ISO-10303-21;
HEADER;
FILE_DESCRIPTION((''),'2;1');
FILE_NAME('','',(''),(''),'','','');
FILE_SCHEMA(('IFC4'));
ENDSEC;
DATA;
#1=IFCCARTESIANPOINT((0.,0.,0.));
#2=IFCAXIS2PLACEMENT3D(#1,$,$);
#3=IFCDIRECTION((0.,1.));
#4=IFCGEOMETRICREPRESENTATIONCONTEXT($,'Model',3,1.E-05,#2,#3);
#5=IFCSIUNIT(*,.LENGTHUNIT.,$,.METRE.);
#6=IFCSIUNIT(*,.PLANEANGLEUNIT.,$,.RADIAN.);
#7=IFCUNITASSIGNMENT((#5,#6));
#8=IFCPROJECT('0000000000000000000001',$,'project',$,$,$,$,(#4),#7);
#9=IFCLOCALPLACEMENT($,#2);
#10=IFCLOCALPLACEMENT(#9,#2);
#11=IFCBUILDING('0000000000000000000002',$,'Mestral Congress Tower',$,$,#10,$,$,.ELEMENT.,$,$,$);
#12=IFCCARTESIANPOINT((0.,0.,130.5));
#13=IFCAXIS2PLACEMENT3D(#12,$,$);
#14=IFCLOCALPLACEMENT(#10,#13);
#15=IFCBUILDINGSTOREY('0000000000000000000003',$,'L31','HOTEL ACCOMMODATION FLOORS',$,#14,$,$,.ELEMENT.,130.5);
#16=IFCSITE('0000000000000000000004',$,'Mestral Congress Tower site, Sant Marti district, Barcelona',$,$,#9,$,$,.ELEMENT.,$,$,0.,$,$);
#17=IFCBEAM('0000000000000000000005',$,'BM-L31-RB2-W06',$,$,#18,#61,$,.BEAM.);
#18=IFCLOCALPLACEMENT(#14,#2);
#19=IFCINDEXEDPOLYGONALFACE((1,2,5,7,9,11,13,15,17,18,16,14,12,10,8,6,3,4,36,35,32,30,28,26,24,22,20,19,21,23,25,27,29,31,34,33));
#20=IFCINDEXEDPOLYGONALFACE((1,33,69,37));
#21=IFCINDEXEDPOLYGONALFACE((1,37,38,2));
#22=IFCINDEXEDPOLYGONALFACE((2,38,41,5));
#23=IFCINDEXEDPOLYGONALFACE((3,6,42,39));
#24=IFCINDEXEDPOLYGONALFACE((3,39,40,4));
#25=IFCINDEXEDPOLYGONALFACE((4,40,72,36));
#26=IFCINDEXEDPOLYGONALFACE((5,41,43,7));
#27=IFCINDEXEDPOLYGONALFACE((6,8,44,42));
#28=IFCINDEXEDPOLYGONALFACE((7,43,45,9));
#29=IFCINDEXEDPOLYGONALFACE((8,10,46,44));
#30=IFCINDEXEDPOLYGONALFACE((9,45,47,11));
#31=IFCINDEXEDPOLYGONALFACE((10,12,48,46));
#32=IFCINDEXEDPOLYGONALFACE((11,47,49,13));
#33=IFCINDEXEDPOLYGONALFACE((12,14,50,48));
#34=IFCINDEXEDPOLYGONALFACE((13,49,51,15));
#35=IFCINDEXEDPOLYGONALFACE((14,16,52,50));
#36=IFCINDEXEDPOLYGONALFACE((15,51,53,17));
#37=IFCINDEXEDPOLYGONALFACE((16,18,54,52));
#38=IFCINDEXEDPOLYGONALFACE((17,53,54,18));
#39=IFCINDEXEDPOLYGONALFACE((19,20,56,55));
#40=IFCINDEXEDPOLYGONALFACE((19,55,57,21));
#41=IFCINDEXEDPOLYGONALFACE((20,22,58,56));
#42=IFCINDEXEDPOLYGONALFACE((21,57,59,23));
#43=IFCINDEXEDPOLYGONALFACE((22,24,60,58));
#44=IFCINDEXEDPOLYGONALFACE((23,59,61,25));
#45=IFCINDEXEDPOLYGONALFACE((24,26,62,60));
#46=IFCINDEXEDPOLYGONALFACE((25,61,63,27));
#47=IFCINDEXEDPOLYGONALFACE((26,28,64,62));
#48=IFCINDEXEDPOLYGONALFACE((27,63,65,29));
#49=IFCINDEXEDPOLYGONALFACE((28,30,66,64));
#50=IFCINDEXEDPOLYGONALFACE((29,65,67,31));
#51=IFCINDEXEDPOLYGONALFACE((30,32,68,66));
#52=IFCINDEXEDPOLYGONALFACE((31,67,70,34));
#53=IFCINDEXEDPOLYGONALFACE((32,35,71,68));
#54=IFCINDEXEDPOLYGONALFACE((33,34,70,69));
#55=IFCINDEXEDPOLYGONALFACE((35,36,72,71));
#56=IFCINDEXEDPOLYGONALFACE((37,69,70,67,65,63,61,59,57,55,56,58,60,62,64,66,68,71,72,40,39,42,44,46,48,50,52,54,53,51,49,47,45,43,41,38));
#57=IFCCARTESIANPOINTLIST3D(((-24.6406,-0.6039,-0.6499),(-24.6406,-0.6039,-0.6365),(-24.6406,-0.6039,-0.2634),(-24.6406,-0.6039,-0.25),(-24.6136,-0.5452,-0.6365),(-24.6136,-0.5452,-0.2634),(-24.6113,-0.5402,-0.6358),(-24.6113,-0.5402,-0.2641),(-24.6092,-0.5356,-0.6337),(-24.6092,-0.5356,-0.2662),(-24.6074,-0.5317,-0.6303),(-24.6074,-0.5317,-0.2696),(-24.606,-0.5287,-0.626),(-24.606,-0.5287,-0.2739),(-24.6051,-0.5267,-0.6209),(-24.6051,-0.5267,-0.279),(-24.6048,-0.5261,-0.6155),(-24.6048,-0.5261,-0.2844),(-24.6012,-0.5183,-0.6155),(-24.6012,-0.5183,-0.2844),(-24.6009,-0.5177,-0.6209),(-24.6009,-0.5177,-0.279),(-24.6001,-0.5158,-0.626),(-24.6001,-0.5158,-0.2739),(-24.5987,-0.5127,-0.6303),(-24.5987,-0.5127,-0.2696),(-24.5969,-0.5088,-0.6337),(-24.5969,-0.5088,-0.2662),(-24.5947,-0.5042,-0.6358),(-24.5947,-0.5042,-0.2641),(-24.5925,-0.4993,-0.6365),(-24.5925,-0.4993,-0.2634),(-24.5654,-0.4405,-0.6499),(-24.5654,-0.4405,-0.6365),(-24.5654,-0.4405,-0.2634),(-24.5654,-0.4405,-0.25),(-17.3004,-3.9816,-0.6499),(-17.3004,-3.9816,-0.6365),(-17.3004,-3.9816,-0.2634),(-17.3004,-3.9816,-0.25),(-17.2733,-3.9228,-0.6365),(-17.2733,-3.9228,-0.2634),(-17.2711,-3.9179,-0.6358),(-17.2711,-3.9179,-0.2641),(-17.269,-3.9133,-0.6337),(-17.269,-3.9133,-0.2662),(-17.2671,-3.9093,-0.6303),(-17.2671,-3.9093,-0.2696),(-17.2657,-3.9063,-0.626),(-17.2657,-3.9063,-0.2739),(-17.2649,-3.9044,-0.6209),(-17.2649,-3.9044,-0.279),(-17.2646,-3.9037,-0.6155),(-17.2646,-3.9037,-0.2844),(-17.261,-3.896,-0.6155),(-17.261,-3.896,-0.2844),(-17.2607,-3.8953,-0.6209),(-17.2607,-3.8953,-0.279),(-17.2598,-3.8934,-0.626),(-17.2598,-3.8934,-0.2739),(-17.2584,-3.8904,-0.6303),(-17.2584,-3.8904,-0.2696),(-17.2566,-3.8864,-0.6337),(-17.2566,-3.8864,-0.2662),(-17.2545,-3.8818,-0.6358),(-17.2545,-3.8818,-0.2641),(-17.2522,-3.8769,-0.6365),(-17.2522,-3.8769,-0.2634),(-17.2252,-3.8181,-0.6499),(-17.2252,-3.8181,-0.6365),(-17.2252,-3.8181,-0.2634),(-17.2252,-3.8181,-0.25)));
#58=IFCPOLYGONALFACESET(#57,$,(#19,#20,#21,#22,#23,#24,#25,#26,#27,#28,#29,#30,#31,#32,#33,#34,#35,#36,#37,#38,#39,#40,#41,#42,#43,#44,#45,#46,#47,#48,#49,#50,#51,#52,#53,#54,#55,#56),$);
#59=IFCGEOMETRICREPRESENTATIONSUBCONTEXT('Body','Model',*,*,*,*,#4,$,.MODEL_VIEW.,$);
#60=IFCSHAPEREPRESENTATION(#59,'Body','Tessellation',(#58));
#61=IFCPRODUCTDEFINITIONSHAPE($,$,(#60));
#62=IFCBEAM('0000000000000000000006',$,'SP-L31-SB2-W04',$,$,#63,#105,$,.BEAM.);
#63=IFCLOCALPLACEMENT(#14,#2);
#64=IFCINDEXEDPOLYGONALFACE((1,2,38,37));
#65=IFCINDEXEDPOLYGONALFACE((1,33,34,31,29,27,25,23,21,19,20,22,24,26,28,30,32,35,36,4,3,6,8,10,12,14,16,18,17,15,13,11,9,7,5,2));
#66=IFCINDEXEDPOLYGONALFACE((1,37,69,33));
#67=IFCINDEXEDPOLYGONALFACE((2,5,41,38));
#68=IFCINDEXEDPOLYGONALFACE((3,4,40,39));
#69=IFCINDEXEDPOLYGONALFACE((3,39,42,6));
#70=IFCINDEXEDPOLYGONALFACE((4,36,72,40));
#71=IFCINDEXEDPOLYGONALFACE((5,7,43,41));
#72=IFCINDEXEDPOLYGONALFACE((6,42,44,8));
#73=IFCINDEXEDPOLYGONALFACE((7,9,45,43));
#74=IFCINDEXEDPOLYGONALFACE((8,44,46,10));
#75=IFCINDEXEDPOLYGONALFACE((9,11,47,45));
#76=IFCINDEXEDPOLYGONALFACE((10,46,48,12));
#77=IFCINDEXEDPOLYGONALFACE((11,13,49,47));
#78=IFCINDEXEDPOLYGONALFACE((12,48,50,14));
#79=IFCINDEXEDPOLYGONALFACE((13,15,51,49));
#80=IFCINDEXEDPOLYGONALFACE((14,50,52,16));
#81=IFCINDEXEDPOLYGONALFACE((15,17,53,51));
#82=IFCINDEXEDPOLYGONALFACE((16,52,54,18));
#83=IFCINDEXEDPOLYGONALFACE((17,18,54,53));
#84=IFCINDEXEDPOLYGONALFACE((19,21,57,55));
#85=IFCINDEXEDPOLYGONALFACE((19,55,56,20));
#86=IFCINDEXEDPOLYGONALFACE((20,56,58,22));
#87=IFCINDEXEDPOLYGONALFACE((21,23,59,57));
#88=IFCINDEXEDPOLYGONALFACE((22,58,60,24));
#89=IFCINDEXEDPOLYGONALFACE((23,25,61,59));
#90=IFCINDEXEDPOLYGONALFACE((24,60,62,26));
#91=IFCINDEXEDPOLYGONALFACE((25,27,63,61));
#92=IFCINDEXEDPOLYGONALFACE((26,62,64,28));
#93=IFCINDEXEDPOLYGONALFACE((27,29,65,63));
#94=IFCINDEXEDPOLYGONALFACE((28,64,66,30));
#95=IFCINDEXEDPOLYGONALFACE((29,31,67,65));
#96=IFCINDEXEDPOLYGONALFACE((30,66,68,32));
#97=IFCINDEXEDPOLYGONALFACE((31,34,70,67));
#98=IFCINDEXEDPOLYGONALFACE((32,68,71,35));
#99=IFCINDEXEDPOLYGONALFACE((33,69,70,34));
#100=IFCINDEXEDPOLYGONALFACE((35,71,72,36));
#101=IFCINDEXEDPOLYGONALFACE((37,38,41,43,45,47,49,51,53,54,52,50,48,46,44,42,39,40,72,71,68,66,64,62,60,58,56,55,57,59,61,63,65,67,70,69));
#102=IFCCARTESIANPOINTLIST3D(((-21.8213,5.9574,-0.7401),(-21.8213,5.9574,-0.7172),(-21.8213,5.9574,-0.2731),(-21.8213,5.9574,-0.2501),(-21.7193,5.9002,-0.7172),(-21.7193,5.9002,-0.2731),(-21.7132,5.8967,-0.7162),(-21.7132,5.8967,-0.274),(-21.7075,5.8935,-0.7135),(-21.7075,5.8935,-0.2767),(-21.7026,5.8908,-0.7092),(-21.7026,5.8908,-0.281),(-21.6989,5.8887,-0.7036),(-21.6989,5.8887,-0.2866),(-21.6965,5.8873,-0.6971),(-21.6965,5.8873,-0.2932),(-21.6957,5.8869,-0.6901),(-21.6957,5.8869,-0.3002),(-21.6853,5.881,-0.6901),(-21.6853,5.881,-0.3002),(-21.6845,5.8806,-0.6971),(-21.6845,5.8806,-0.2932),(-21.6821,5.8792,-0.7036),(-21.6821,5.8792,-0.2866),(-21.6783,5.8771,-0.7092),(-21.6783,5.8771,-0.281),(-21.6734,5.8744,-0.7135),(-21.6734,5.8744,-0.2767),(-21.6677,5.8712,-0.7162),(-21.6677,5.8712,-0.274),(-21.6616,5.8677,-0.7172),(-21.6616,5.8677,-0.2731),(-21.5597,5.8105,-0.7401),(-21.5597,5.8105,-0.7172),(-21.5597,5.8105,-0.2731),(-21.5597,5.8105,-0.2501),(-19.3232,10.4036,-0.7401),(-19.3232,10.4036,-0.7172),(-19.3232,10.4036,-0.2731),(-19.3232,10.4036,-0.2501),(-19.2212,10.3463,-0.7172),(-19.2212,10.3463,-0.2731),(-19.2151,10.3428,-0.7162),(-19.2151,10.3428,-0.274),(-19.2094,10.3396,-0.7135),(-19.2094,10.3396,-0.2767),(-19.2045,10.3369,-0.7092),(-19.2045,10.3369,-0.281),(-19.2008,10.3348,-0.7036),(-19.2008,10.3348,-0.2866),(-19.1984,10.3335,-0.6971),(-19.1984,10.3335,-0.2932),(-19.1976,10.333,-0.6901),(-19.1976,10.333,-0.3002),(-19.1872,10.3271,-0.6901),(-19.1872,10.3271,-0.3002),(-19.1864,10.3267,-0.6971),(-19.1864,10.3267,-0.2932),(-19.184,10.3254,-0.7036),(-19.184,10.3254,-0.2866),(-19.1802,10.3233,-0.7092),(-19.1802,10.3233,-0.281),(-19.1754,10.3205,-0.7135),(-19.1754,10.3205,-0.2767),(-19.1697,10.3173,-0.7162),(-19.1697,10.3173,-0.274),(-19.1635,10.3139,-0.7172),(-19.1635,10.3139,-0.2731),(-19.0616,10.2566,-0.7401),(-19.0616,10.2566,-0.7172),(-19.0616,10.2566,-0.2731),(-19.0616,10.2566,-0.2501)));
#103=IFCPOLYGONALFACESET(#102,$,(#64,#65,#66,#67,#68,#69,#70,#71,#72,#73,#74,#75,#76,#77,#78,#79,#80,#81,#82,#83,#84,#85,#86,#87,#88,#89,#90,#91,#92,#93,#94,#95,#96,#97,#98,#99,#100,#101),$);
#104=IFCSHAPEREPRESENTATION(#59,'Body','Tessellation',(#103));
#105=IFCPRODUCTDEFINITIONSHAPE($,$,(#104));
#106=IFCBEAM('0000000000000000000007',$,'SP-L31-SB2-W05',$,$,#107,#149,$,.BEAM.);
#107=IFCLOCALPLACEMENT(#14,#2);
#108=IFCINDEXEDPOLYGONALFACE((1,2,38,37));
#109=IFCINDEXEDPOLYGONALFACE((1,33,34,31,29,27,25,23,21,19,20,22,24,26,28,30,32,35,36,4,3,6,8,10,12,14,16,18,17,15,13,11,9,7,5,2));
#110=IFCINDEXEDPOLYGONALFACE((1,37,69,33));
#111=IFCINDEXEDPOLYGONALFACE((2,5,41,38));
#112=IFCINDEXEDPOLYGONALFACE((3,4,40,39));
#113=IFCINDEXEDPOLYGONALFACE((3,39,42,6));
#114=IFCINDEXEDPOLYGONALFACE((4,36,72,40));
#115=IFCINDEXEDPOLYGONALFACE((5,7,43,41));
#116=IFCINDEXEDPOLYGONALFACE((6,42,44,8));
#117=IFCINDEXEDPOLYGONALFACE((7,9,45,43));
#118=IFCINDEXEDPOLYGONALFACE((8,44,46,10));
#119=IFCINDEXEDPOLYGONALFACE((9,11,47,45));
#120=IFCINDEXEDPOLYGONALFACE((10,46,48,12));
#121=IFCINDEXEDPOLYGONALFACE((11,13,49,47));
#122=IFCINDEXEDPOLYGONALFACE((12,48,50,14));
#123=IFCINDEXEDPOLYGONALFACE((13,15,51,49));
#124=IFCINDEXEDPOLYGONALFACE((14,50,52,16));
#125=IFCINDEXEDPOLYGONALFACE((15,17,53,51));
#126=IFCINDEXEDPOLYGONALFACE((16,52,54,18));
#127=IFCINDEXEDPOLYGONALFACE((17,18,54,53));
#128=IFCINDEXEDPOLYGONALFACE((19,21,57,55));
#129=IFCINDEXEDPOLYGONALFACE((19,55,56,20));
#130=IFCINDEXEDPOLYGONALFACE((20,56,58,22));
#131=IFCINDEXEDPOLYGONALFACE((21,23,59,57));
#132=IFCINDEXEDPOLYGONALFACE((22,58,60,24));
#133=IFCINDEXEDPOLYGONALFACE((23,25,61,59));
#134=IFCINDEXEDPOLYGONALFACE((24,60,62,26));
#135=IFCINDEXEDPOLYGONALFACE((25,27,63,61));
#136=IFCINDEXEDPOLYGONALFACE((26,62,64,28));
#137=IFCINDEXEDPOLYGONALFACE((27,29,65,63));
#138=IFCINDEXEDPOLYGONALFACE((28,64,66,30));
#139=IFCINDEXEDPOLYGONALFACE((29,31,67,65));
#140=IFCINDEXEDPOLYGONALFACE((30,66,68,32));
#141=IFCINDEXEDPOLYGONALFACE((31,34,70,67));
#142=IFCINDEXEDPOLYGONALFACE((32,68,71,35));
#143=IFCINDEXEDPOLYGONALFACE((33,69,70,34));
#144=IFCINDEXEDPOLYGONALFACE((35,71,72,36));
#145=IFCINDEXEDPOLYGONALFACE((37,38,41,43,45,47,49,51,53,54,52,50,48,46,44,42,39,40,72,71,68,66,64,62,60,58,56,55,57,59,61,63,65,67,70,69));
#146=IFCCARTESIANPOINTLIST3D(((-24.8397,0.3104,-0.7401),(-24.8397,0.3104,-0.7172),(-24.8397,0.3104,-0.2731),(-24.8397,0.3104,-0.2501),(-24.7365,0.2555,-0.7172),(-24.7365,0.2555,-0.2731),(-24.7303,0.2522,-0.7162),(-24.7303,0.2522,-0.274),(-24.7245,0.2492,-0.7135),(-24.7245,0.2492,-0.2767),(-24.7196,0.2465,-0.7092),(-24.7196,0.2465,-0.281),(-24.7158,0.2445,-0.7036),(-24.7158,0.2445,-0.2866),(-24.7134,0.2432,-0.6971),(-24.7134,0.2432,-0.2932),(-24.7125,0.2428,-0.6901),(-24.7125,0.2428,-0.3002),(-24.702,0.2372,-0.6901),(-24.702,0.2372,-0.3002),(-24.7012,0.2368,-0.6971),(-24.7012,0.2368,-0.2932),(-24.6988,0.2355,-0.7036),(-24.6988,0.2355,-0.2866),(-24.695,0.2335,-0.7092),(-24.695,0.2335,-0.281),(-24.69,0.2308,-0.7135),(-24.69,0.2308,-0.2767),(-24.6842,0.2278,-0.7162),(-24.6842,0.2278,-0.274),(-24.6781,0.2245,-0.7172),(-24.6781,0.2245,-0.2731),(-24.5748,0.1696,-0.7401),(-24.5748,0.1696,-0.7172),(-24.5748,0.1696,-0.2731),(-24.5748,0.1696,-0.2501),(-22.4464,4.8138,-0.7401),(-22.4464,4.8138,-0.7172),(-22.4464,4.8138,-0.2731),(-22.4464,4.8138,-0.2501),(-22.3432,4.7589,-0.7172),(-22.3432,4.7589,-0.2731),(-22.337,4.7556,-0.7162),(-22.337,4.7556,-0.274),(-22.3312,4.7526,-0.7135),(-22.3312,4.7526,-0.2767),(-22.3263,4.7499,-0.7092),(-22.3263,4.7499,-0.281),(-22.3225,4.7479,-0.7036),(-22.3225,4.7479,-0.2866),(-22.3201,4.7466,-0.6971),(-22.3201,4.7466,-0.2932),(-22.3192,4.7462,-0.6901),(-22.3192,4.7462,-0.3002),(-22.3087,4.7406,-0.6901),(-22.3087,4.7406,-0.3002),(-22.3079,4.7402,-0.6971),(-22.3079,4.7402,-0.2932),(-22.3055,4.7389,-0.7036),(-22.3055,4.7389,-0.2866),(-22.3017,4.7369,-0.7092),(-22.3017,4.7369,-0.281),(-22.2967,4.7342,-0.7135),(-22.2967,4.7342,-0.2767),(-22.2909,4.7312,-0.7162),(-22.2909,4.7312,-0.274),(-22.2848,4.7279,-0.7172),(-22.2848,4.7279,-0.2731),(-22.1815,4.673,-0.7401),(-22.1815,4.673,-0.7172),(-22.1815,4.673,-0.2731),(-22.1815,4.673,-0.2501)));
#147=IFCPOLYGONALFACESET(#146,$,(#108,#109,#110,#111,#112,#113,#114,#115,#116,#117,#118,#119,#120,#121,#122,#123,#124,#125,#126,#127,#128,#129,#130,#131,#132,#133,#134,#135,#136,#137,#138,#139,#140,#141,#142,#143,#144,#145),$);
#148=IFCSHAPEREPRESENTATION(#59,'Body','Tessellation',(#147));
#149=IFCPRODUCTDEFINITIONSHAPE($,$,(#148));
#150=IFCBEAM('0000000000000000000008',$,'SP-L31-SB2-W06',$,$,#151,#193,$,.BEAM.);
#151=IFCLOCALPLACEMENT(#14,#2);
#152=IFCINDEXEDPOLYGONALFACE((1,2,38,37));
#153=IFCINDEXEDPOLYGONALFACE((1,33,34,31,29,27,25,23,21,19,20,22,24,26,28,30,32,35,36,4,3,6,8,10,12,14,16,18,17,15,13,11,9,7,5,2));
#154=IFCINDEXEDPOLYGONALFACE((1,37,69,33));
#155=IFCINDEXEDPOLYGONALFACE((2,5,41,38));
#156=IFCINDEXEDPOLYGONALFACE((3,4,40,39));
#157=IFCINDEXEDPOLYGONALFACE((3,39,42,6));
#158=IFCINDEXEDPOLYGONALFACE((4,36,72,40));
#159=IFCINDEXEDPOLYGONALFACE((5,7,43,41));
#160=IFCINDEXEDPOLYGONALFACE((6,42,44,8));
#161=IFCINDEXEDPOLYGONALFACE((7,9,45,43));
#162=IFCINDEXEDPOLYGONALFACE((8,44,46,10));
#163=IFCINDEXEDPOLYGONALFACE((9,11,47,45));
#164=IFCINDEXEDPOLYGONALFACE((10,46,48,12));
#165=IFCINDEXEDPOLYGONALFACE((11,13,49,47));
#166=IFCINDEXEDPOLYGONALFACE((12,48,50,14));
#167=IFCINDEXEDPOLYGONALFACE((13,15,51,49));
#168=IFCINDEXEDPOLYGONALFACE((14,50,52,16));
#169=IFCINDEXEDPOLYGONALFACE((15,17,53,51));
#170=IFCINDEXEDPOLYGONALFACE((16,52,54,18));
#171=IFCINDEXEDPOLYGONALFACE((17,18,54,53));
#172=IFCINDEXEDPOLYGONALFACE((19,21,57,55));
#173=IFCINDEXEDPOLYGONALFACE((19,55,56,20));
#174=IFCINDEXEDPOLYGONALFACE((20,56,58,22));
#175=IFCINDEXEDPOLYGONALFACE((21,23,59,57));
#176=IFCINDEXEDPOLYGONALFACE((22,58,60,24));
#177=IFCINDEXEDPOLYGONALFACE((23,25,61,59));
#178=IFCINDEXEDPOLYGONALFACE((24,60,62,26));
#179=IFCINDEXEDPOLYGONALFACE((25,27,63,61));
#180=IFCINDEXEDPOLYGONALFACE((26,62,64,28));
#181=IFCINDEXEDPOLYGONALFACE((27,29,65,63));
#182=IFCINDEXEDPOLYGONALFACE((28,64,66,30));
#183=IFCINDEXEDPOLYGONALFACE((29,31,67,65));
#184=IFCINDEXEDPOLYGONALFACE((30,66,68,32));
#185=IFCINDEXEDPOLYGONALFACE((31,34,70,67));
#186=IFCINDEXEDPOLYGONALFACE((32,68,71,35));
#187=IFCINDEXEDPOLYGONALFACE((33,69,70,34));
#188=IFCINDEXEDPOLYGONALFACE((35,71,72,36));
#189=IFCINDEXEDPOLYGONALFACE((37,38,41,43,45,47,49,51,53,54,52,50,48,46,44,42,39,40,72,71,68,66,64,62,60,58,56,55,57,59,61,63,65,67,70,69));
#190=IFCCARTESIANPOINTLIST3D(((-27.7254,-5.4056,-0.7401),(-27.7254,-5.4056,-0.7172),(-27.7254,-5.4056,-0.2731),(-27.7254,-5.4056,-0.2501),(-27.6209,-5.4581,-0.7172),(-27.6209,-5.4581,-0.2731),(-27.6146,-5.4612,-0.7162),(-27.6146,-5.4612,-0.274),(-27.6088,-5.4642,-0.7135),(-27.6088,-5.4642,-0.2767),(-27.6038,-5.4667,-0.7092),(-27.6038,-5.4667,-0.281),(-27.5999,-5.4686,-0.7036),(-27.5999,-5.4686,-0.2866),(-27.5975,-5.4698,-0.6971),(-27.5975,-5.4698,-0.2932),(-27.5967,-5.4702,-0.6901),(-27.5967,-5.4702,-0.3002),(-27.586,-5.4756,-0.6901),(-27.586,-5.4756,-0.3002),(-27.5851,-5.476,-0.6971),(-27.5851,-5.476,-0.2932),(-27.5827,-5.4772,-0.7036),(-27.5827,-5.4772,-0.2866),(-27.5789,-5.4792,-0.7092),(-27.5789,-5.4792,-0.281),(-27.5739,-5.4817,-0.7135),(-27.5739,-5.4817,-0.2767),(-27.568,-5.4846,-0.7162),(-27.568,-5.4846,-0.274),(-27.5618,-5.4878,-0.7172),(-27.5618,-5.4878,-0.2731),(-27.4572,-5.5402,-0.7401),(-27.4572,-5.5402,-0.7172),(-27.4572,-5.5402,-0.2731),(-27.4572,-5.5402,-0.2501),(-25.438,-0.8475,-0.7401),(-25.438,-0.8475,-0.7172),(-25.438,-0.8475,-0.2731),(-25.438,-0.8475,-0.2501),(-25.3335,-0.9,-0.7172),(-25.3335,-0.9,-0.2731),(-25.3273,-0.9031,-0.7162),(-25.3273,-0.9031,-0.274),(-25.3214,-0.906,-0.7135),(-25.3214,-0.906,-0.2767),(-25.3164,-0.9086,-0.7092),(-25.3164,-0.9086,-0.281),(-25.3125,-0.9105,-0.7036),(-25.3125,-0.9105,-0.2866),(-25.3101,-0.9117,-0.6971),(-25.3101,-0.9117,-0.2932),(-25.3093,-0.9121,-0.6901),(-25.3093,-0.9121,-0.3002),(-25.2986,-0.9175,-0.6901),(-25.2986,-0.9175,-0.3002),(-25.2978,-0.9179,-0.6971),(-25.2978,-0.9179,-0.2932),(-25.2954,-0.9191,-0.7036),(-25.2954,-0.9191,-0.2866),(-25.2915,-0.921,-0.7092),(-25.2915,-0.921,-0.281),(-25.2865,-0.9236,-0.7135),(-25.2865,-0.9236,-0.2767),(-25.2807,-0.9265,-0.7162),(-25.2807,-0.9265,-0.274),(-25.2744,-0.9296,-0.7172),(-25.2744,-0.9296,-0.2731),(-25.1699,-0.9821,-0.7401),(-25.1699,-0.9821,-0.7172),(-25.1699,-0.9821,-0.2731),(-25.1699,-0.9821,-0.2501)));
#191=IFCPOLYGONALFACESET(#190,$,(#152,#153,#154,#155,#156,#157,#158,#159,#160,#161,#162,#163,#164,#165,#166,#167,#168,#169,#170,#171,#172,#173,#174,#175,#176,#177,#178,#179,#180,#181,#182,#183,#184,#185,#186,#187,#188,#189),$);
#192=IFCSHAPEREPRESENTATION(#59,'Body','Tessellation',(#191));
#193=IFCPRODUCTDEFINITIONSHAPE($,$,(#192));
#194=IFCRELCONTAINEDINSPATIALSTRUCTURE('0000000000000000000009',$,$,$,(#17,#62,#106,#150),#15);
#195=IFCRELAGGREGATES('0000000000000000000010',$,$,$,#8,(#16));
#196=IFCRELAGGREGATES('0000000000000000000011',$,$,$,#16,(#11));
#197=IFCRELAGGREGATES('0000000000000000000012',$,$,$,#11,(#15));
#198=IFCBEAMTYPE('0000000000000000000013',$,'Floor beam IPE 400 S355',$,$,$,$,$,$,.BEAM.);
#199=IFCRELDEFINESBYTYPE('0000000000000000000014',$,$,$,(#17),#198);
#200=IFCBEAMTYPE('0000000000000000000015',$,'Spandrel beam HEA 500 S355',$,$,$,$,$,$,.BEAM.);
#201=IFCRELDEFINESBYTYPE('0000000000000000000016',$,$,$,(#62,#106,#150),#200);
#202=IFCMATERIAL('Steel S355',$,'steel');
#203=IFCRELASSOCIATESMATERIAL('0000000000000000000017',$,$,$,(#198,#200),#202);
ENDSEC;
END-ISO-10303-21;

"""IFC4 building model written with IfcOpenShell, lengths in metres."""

from ifc_helpers import new_model, si_unit, direction, frame, origin, origin_2d, place, context, subcontext, project, spatial, i_section, extrude, material, material_profile, profile_set, type_object, element, save


model = new_model("IFC4")

# Units and contexts
model_context = context("Model", 3, precision=1e-05, world=origin(), true_north=direction((0.0, 1.0)))
body_context = subcontext(model_context, "Body", "Model", "MODEL_VIEW")
ifc_project = project(units=[si_unit("LENGTHUNIT", "METRE"), si_unit("PLANEANGLEUNIT", "RADIAN")], contexts=[model_context])

# Site, building, storey
site_placement = place(None, origin())
site = spatial("IfcSite", under=ifc_project, at=site_placement, Name="Mestral Congress Tower site, Sant Marti district, Barcelona", CompositionType="ELEMENT", RefElevation=0.0)
building_placement = place(site_placement, origin())
building = spatial("IfcBuilding", under=site, at=building_placement, Name="Mestral Congress Tower", CompositionType="ELEMENT")
storey_placement = place(building_placement, frame((0.0, 0.0, 130.5)))
storey = spatial("IfcBuildingStorey", under=building, at=storey_placement, Name="L31", Description="HOTEL ACCOMMODATION FLOORS", CompositionType="ELEMENT", Elevation=130.5)

# Beams
ifc_material_1 = material(Name="Steel S355", Category="steel")
ifc_material_profile_1 = material_profile(ifc_material_1, i_section(OverallWidth=0.1799, OverallDepth=0.3999, WebThickness=0.0085, FlangeThickness=0.0134, FilletRadius=0.021, at=origin_2d()), Name="IPE 400")
ifc_profile_set_1 = profile_set([ifc_material_profile_1], Name="Steel S355")
beam_type_1 = type_object("IfcBeamType", Name="Floor beam IPE 400 S355", PredefinedType="BEAM", material=ifc_profile_set_1)
beam_1_placement = place(storey_placement, frame((-24.603, -0.5222, -0.45), z_axis=(0.908437, -0.418021, 0.0), x_axis=(0.418021, 0.908437, 0.0)))
element("IfcBeam", 1, at=beam_1_placement, inside=storey, type_object=beam_type_1, Name="BM-L31-RB2-W06", PredefinedType="BEAM", context=body_context, shape_type="SweptSolid", body=[
    extrude(i_section(OverallWidth=0.1799, OverallDepth=0.3999, WebThickness=0.0085, FlangeThickness=0.0134, FilletRadius=0.021, at=origin_2d()), origin(), (0.0, 0.0, 1.0), 8.0801),
])
ifc_material_profile_2 = material_profile(ifc_material_1, i_section(OverallWidth=0.3, OverallDepth=0.49, WebThickness=0.012, FlangeThickness=0.0229, FilletRadius=0.0271, at=origin_2d()), Name="HEA 500")
ifc_profile_set_2 = profile_set([ifc_material_profile_2], Name="Steel S355")
beam_type_2 = type_object("IfcBeamType", Name="Spandrel beam HEA 500 S355", PredefinedType="BEAM", material=ifc_profile_set_2)
for number, where, z_axis, x_axis, name in (
    (2, (-19.1924, 10.3301, -0.4951), (-0.489836, -0.871815, 0.0), (0.871815, -0.489836, 0.0), "SP-L31-SB2-W04"),
    (3, (-22.314, 4.7434, -0.4951), (-0.469288, -0.883045, 0.0), (0.883045, -0.469288, 0.0), "SP-L31-SB2-W05"),
    (4, (-25.304, -0.9148, -0.4951), (-0.448515, -0.893775, 0.0), (0.893775, -0.448515, 0.0), "SP-L31-SB2-W06"),
):
    element("IfcBeam", number, at=place(storey_placement, frame(where, z_axis=z_axis, x_axis=x_axis)), inside=storey, type_object=beam_type_2, Name=name, PredefinedType="BEAM", context=body_context, shape_type="SweptSolid", body=[
        extrude(i_section(OverallWidth=0.3, OverallDepth=0.49, WebThickness=0.012, FlangeThickness=0.0229, FilletRadius=0.0271, at=origin_2d()), origin(), (0.0, 0.0, 1.0), 5.0999),
    ])

save(model, "model.ifc")
